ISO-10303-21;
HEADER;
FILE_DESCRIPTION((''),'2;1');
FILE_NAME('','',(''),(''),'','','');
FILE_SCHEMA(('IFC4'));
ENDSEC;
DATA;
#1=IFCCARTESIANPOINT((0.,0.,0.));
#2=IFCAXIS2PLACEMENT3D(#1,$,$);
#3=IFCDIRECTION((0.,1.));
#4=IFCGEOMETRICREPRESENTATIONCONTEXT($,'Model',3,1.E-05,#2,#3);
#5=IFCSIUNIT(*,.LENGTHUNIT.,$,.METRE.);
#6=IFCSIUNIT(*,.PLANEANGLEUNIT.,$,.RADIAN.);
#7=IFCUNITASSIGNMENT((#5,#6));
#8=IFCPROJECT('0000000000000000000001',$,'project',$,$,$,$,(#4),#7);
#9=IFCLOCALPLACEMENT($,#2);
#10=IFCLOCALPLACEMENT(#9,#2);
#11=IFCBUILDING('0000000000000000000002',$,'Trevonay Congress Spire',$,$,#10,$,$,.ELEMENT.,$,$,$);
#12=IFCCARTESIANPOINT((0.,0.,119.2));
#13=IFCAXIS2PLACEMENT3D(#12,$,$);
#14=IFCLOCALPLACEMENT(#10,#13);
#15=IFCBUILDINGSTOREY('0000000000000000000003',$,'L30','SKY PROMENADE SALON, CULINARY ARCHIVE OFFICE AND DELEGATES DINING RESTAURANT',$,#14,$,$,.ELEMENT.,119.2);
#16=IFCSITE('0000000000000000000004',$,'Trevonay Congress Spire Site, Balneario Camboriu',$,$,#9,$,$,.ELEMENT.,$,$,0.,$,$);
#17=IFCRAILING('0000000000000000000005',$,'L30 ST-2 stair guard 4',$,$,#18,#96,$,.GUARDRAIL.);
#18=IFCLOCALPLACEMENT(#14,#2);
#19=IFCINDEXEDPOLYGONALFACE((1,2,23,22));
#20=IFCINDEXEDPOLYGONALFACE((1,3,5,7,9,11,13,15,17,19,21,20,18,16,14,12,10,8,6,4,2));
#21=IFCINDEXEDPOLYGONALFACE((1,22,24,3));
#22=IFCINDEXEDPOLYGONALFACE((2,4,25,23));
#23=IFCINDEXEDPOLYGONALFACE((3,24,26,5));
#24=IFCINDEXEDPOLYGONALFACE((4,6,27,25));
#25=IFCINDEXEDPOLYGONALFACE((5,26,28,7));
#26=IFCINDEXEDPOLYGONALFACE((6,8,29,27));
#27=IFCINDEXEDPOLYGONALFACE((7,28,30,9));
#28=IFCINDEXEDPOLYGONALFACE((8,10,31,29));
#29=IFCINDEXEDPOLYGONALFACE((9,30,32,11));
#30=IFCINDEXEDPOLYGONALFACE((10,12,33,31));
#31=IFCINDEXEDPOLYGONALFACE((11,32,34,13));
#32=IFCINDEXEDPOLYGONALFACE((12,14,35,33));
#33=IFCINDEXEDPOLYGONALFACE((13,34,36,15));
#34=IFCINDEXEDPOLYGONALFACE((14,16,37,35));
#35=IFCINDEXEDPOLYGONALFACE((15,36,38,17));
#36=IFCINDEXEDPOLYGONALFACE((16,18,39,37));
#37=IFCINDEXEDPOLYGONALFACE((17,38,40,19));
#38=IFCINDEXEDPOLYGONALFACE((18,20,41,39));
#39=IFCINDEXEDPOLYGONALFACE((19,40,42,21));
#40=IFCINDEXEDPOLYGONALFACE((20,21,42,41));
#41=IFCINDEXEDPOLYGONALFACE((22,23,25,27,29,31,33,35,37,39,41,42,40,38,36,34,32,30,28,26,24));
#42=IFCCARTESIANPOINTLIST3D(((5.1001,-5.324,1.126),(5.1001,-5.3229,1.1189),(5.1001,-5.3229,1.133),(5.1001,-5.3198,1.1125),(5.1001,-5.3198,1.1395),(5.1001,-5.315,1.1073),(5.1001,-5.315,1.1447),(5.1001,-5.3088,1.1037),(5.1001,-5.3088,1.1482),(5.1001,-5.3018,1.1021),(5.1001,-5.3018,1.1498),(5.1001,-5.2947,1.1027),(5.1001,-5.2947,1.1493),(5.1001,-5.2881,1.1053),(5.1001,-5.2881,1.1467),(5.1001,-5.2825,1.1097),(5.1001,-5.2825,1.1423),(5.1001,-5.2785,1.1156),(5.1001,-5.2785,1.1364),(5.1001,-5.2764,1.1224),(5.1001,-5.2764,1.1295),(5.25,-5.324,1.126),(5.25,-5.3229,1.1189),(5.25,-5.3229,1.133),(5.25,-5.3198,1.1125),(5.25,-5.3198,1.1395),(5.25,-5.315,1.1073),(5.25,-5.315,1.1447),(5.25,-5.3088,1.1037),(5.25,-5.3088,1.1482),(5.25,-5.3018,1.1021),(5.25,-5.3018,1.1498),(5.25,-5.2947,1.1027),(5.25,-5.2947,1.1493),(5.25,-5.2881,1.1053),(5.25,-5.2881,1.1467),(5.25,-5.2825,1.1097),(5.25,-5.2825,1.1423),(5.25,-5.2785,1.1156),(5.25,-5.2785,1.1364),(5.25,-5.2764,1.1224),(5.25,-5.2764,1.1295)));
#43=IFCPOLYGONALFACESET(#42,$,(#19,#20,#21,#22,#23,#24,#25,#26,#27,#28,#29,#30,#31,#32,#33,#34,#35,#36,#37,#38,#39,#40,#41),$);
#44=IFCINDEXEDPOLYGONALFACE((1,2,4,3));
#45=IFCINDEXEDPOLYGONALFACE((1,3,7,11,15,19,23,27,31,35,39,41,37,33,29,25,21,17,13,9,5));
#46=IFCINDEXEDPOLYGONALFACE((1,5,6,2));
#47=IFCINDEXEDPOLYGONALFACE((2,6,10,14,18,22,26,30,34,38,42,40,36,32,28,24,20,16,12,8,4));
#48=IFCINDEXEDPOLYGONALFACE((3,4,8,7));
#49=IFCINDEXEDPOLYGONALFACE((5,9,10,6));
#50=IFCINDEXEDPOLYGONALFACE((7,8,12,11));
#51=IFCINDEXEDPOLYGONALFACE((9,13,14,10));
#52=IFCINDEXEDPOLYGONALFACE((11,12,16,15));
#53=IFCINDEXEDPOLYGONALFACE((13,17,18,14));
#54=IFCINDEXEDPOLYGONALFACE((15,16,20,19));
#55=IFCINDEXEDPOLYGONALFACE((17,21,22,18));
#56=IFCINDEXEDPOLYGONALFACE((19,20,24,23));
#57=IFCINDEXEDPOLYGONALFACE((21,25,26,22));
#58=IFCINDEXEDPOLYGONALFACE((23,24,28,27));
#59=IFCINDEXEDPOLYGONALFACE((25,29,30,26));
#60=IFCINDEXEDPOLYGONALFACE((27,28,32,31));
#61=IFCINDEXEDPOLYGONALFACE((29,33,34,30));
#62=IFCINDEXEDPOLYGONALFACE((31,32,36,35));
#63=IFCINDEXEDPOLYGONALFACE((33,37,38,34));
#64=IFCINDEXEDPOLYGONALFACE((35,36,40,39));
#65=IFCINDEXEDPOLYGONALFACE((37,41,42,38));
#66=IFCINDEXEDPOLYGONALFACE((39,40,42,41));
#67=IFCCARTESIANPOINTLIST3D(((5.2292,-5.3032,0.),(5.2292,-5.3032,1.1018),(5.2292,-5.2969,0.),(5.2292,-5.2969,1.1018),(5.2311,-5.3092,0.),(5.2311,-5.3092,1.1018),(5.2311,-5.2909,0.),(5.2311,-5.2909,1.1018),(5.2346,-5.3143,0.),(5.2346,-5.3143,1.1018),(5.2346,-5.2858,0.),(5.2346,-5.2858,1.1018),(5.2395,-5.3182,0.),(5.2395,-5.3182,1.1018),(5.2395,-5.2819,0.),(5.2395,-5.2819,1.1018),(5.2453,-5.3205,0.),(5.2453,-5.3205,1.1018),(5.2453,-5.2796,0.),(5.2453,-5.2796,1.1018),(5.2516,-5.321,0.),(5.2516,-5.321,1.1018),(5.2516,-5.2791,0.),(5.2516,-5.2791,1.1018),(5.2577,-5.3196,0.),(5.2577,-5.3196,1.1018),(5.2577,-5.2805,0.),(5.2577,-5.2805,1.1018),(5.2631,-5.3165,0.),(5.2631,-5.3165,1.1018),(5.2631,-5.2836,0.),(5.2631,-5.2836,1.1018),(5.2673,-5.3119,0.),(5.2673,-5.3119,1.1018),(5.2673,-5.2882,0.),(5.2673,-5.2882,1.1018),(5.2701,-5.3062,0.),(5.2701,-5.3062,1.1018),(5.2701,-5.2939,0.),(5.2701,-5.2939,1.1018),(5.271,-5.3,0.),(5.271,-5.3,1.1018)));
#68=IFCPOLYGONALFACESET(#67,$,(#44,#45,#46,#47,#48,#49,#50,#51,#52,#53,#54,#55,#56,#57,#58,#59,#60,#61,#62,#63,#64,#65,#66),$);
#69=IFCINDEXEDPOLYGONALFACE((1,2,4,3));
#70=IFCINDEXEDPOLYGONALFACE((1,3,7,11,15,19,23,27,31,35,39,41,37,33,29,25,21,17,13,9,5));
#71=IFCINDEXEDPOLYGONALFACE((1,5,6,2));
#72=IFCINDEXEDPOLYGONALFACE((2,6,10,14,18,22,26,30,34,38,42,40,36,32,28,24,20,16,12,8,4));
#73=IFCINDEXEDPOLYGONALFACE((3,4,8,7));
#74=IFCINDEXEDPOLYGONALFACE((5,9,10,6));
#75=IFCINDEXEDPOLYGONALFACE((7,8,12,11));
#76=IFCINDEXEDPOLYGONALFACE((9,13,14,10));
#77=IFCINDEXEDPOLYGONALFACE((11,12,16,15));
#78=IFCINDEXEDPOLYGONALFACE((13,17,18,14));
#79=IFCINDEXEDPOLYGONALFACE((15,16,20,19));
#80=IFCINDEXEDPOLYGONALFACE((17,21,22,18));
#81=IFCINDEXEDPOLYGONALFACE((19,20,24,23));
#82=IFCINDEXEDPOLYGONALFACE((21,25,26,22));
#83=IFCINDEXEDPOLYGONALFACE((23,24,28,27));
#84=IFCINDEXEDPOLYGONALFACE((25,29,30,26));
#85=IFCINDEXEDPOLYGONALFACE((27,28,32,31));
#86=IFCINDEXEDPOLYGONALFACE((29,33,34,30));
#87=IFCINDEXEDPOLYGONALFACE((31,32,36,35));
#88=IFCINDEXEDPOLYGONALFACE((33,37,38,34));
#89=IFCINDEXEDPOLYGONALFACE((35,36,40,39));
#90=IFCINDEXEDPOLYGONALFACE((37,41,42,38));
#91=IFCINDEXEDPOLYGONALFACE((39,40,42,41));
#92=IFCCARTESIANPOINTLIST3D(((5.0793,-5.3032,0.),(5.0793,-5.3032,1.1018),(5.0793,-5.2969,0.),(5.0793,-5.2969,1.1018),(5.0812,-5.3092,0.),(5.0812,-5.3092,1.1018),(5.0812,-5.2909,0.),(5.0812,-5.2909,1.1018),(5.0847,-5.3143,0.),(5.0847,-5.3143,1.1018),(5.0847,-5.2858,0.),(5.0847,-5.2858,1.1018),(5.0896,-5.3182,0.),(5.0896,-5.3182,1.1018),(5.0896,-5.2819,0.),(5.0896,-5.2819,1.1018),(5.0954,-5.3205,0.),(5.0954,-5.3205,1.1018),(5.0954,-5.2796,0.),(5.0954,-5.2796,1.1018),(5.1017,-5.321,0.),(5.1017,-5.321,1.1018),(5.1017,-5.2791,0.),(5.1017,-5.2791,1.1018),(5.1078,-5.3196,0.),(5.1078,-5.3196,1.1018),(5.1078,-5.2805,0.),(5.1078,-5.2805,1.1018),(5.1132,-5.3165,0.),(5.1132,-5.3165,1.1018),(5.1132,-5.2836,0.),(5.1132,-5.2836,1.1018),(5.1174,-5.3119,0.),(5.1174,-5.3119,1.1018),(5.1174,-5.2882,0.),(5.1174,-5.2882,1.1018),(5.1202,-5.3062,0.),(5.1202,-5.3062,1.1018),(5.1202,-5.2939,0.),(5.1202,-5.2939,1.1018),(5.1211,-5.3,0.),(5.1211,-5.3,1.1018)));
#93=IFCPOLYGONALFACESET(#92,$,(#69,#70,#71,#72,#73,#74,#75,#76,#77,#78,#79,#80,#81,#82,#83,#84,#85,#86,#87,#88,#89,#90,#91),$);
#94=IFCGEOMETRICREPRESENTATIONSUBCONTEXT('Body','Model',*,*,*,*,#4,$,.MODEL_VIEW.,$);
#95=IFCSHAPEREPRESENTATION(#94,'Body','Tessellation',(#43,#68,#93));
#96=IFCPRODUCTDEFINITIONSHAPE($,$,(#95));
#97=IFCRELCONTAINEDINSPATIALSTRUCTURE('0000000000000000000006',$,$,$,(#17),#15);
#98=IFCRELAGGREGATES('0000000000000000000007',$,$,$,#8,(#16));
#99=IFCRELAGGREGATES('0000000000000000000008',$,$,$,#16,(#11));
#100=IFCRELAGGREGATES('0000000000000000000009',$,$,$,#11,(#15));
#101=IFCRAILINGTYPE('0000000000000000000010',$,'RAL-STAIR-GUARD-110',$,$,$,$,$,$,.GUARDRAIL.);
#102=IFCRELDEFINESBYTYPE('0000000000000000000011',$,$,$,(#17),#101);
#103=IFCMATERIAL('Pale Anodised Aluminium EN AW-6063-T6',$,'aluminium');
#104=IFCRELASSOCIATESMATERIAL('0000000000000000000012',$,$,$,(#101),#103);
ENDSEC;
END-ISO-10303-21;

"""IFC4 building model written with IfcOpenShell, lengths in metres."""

from ifc_helpers import new_model, si_unit, direction, frame, origin, origin_2d, place, context, subcontext, project, spatial, circle, extrude, material, type_object, element, save


model = new_model("IFC4")

# Units and contexts
model_context = context("Model", 3, precision=1e-05, world=origin(), true_north=direction((0.0, 1.0)))
body_context = subcontext(model_context, "Body", "Model", "MODEL_VIEW")
ifc_project = project(units=[si_unit("LENGTHUNIT", "METRE"), si_unit("PLANEANGLEUNIT", "RADIAN")], contexts=[model_context])

# Site, building, storey
site_placement = place(None, origin())
site = spatial("IfcSite", under=ifc_project, at=site_placement, Name="Trevonay Congress Spire Site, Balneario Camboriu", CompositionType="ELEMENT", RefElevation=0.0)
building_placement = place(site_placement, origin())
building = spatial("IfcBuilding", under=site, at=building_placement, Name="Trevonay Congress Spire", CompositionType="ELEMENT")
storey_placement = place(building_placement, frame((0.0, 0.0, 119.2)))
storey = spatial("IfcBuildingStorey", under=building, at=storey_placement, Name="L30", Description="SKY PROMENADE SALON, CULINARY ARCHIVE OFFICE AND DELEGATES DINING RESTAURANT", CompositionType="ELEMENT", Elevation=119.2)

# Shared definitions
ifc_material_1 = material(Name="Pale Anodised Aluminium EN AW-6063-T6", Category="aluminium")

# Railing
railing_type_1 = type_object("IfcRailingType", Name="RAL-STAIR-GUARD-110", PredefinedType="GUARDRAIL", material=ifc_material_1)
railing_1_placement = place(storey_placement, frame((5.25, -5.3, 0.0)))
element("IfcRailing", 1, at=railing_1_placement, inside=storey, type_object=railing_type_1, Name="L30 ST-2 stair guard 4", PredefinedType="GUARDRAIL", context=body_context, shape_type="SweptSolid", body=[
    extrude(circle(Radius=0.0239, at=origin_2d()), frame((0.0, 0.0, 1.126), z_axis=(-1.0, 0.0, 0.0), x_axis=(0.0, -1.0, 0.0)), (0.0, 0.0, 1.0), 0.1499),
    extrude(circle(Radius=0.021, at=origin_2d()), origin(), (0.0, 0.0, 1.0), 1.1018),
    extrude(circle(Radius=0.021, at=origin_2d()), frame((-0.1499, 0.0, 0.0)), (0.0, 0.0, 1.0), 1.1018),
])

save(model, "model.ifc")
